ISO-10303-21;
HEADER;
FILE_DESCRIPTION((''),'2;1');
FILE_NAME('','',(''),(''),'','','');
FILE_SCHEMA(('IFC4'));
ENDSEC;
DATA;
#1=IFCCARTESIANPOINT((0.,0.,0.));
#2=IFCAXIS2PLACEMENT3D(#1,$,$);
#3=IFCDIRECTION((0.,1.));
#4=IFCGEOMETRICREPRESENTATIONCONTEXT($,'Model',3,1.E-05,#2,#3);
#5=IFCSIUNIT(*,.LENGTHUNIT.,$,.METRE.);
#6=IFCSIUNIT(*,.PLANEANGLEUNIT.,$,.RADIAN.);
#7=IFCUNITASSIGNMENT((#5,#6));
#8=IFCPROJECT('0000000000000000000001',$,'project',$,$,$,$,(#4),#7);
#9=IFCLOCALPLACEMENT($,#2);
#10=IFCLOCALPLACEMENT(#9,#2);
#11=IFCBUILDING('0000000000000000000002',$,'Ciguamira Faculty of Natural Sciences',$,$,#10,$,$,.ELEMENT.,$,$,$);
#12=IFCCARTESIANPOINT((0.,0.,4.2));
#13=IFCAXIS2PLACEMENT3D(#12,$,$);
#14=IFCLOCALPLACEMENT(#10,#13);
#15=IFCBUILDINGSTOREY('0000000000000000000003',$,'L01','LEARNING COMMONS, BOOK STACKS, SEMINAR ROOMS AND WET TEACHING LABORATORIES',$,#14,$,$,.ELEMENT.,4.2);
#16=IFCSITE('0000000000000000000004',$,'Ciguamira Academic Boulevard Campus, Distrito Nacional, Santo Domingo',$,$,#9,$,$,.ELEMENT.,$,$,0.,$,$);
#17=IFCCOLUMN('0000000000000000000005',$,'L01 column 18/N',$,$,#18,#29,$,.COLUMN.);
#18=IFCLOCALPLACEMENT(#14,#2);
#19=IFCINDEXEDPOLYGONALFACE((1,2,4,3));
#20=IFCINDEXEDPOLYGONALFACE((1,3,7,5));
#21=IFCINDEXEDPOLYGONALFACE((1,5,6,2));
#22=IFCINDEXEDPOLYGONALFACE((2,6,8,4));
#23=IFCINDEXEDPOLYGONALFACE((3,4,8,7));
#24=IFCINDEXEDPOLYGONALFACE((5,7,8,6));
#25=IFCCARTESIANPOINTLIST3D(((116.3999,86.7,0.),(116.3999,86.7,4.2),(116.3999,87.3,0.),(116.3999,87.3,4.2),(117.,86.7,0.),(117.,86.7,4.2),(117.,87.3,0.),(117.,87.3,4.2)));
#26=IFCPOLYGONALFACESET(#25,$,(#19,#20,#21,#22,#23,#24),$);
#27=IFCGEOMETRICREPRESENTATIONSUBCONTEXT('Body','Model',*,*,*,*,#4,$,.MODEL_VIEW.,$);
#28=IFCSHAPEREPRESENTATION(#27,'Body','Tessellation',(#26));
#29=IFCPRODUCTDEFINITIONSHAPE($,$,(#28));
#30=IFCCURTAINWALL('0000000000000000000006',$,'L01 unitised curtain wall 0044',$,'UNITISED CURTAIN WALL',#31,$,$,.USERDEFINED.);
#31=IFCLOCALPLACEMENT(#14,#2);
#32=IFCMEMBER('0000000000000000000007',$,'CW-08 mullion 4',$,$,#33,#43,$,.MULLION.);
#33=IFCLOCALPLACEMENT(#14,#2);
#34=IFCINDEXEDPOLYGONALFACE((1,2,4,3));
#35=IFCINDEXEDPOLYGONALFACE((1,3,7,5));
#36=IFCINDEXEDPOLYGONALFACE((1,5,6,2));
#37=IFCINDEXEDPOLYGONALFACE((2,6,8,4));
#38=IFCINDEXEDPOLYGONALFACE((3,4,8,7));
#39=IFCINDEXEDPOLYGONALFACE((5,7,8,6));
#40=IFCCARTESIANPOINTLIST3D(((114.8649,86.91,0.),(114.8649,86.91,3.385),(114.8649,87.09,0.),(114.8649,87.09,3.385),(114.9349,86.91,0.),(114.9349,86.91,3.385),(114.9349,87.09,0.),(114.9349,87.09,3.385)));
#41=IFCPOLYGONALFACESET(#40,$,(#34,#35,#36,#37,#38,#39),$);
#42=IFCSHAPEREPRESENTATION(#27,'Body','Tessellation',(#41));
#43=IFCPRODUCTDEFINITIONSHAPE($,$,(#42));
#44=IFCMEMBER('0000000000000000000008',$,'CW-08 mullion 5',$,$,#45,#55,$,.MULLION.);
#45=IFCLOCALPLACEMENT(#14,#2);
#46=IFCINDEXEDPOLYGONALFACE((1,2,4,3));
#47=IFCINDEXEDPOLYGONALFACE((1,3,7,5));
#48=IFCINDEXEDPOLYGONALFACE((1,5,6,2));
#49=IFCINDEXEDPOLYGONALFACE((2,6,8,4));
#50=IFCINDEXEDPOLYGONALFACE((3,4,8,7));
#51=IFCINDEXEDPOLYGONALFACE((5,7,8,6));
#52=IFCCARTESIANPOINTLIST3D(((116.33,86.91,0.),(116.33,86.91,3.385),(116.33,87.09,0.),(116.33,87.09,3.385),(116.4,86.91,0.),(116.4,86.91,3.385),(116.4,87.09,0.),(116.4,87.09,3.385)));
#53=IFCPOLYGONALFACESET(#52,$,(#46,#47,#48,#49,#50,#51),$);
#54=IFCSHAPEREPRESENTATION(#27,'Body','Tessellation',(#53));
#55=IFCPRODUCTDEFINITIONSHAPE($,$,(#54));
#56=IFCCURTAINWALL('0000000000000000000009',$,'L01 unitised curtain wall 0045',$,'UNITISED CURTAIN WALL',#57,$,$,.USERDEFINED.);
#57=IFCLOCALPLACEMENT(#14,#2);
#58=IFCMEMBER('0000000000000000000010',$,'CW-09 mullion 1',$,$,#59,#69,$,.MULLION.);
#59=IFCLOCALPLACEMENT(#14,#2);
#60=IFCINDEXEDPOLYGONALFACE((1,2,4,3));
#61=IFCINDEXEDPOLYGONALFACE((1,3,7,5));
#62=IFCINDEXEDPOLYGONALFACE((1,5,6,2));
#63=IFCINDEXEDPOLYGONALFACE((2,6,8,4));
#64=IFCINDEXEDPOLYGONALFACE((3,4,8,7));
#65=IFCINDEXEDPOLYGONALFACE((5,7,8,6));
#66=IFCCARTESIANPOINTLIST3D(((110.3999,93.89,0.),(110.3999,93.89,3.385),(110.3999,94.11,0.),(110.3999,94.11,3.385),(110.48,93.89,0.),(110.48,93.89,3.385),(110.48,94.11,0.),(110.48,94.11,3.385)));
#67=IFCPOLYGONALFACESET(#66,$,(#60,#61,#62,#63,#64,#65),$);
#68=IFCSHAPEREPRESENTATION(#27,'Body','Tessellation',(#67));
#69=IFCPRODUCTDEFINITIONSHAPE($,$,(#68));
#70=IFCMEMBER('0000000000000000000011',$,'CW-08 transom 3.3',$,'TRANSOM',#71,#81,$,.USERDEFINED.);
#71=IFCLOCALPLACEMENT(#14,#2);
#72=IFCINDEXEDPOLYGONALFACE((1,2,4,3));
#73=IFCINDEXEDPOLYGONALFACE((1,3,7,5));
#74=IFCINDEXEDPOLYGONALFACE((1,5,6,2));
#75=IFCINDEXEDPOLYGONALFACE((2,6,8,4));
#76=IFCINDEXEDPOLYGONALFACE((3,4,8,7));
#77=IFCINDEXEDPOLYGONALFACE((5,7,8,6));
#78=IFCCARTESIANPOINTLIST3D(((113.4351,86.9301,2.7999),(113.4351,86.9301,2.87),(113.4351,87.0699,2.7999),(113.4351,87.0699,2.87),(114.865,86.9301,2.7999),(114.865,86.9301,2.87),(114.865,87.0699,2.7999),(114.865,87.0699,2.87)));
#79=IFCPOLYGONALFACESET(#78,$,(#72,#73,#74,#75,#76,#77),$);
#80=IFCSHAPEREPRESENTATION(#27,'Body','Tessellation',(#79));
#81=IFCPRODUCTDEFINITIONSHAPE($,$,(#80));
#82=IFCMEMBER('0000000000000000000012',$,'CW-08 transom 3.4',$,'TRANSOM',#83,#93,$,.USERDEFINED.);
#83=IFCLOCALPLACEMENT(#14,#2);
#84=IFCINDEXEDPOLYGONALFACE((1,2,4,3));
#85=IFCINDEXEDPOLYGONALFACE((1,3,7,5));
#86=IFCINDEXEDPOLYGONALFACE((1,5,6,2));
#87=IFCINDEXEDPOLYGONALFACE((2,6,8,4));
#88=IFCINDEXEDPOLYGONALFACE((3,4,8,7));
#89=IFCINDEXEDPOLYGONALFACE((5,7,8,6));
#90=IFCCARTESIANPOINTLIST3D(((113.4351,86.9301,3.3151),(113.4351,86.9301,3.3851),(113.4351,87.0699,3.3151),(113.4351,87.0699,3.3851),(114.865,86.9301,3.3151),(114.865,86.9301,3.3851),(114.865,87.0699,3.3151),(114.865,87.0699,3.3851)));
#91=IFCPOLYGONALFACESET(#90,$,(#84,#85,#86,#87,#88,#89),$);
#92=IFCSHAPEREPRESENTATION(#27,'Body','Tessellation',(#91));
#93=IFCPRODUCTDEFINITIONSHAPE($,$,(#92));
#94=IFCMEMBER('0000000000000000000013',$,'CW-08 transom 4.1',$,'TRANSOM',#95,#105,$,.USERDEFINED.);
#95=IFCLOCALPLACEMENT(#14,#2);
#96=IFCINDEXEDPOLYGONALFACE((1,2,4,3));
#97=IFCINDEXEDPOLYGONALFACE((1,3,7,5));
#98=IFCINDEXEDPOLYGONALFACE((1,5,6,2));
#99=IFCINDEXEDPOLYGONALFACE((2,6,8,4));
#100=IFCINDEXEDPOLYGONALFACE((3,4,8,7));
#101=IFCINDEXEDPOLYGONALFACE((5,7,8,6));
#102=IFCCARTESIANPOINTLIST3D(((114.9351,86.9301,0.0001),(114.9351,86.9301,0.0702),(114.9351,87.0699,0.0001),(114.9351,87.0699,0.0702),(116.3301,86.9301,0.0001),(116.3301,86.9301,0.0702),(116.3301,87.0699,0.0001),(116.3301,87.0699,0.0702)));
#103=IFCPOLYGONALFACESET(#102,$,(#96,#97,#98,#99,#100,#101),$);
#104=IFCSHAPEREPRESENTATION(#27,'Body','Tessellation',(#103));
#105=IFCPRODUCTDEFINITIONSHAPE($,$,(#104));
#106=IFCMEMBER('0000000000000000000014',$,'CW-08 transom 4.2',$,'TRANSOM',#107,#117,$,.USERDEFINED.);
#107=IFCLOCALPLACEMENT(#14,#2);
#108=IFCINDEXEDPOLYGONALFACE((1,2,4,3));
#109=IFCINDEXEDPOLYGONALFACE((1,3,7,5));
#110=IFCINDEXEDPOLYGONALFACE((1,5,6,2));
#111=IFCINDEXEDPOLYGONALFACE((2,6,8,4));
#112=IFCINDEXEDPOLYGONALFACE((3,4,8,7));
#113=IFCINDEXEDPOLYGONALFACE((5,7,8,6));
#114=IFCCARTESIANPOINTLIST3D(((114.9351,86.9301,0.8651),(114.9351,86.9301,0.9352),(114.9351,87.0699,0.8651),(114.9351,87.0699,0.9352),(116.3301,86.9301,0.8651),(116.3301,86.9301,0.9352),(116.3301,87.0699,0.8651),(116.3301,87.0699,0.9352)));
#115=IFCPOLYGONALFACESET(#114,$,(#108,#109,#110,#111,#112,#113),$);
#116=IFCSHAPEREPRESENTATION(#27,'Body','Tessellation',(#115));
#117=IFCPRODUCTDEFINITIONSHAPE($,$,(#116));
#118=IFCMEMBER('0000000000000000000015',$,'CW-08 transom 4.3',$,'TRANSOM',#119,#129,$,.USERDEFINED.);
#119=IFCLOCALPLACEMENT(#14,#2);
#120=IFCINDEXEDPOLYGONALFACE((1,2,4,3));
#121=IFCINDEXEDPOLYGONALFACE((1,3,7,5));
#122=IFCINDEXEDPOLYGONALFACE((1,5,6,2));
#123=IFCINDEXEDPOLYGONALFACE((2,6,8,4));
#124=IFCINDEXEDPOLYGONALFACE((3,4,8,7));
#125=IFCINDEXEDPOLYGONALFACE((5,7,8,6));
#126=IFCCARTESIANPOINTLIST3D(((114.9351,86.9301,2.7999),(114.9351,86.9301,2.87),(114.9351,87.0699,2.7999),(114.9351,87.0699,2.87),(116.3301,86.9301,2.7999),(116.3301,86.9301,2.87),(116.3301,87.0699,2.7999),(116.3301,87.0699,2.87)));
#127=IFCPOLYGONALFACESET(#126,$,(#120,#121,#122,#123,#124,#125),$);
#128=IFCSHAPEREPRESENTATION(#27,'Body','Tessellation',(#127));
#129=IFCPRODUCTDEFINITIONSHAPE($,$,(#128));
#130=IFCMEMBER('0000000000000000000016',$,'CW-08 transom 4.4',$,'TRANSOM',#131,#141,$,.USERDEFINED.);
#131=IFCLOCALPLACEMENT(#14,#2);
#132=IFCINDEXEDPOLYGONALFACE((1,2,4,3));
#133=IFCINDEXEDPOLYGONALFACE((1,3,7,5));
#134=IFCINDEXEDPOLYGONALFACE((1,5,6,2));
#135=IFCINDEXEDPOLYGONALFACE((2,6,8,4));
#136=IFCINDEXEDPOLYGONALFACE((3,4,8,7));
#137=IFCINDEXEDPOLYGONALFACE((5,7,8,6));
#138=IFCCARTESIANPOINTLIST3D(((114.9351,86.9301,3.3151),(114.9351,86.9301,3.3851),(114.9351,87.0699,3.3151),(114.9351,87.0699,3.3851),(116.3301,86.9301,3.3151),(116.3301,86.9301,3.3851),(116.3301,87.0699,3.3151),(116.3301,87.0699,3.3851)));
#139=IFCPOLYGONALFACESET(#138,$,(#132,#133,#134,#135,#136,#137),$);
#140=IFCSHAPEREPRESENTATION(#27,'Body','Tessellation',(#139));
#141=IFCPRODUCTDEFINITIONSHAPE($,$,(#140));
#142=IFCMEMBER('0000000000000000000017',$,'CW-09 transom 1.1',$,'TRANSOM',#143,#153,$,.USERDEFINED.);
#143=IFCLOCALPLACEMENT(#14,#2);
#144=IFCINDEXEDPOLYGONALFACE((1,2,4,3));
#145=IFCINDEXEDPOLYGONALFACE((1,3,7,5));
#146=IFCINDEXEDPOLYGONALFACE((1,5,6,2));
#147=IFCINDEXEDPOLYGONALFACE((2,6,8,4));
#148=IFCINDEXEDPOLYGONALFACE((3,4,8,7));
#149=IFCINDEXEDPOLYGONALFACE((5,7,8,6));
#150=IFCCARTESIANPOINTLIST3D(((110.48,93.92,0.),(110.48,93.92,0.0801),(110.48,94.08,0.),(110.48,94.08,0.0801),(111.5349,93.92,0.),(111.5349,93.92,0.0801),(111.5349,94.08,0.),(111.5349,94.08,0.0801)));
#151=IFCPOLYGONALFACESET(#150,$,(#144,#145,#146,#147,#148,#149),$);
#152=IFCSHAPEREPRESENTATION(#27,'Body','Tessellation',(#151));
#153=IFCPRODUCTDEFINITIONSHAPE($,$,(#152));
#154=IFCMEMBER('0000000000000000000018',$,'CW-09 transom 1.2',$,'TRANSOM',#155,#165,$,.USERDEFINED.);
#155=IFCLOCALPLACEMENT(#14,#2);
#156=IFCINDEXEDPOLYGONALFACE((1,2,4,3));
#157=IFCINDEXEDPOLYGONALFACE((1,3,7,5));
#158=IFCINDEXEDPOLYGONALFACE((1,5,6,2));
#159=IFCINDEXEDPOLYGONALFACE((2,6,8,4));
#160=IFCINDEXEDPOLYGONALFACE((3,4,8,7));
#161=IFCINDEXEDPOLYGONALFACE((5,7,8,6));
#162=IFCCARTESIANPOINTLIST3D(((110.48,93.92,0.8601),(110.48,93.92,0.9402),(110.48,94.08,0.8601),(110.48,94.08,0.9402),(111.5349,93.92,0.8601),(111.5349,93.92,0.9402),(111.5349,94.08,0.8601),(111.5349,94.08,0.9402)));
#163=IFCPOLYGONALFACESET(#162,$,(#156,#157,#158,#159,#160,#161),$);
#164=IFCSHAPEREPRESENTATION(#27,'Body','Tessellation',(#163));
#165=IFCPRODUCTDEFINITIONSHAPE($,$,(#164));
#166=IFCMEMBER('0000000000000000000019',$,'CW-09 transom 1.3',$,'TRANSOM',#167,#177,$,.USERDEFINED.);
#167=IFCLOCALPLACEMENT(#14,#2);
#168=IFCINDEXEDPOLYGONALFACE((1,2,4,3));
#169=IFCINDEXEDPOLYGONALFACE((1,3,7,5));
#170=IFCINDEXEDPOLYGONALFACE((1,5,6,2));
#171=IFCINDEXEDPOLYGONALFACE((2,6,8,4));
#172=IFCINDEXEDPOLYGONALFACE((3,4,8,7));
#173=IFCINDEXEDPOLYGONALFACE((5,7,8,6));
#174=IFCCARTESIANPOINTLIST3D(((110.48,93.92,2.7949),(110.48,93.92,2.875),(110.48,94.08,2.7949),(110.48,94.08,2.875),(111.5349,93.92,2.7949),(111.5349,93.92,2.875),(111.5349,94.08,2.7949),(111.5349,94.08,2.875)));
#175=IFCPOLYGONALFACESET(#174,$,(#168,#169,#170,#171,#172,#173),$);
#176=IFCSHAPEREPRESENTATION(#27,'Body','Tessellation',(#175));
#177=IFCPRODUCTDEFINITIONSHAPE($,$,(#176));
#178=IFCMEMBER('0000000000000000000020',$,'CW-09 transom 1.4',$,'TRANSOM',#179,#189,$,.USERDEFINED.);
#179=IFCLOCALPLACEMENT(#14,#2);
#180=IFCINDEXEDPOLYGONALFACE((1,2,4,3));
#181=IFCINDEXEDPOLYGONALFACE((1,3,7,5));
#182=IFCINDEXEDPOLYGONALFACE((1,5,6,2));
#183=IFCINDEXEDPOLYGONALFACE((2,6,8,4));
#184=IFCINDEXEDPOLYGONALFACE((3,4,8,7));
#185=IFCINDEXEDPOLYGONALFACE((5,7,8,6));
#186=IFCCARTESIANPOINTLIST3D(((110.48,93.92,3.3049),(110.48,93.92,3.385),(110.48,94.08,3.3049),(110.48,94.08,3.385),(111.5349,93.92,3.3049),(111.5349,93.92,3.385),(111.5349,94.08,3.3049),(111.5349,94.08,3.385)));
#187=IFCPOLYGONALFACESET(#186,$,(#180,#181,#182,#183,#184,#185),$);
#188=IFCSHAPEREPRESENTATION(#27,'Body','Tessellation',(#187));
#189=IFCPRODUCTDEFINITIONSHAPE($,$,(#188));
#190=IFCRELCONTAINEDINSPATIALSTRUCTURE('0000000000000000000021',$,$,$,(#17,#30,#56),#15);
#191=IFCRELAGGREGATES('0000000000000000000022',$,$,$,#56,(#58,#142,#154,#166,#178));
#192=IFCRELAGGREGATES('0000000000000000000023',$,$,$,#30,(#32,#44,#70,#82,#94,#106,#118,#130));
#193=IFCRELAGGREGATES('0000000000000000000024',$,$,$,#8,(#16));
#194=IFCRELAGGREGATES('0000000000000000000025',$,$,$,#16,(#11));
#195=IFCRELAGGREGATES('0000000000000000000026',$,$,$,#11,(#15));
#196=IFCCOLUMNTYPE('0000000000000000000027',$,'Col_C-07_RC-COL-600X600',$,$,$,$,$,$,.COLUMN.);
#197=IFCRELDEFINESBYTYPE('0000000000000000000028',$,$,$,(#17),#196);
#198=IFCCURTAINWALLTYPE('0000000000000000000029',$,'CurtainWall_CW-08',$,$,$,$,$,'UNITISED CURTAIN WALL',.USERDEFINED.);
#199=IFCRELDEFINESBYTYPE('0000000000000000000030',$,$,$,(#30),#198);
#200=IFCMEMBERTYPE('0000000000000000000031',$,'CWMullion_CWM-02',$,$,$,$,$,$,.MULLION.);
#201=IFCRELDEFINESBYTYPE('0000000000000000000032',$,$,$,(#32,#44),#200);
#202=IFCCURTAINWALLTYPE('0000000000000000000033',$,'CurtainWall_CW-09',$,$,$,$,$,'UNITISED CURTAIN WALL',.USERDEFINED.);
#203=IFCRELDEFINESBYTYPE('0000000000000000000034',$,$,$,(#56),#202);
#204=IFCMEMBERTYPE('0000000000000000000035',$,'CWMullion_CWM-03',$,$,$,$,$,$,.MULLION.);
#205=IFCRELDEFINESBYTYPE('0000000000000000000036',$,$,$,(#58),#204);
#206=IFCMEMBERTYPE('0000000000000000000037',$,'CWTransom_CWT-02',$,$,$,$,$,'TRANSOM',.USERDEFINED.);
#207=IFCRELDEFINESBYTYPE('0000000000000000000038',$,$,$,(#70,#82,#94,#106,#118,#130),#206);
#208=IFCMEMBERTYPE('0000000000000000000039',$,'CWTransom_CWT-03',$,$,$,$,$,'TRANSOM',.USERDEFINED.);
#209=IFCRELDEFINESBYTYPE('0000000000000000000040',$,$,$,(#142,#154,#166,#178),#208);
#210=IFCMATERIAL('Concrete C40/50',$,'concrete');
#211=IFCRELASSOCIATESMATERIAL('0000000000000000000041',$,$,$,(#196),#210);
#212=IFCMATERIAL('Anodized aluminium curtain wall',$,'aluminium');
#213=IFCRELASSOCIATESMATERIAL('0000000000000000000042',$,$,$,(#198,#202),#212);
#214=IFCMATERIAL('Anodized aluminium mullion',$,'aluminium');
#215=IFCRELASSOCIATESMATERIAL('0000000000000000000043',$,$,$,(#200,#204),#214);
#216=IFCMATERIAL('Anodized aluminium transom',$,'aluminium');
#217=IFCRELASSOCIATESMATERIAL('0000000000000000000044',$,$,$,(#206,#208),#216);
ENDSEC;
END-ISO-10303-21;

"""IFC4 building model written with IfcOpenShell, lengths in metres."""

from ifc_helpers import new_model, si_unit, direction, frame, origin, origin_2d, place, context, subcontext, project, spatial, rectangle, extrude, material, material_profile, profile_set, type_object, element, aggregate, save


model = new_model("IFC4")

# Units and contexts
model_context = context("Model", 3, precision=1e-05, world=origin(), true_north=direction((0.0, 1.0)))
body_context = subcontext(model_context, "Body", "Model", "MODEL_VIEW")
ifc_project = project(units=[si_unit("LENGTHUNIT", "METRE"), si_unit("PLANEANGLEUNIT", "RADIAN")], contexts=[model_context])

# Site, building, storey
site_placement = place(None, origin())
site = spatial("IfcSite", under=ifc_project, at=site_placement, Name="Ciguamira Academic Boulevard Campus, Distrito Nacional, Santo Domingo", CompositionType="ELEMENT", RefElevation=0.0)
building_placement = place(site_placement, origin())
building = spatial("IfcBuilding", under=site, at=building_placement, Name="Ciguamira Faculty of Natural Sciences", CompositionType="ELEMENT")
storey_placement = place(building_placement, frame((0.0, 0.0, 4.2)))
storey = spatial("IfcBuildingStorey", under=building, at=storey_placement, Name="L01", Description="LEARNING COMMONS, BOOK STACKS, SEMINAR ROOMS AND WET TEACHING LABORATORIES", CompositionType="ELEMENT", Elevation=4.2)

# Column
ifc_material_1 = material(Name="Concrete C40/50", Category="concrete")
ifc_material_profile_1 = material_profile(ifc_material_1, rectangle(XDim=0.6001, YDim=0.6001, at=origin_2d()), Name="RC-COL-600X600")
ifc_profile_set_1 = profile_set([ifc_material_profile_1], Name="Concrete C40/50")
column_type = type_object("IfcColumnType", Name="Col_C-07_RC-COL-600X600", PredefinedType="COLUMN", material=ifc_profile_set_1)
column_placement = place(storey_placement, frame((116.7, 87.0, 0.0), z_axis=(0.0, 0.0, 1.0), x_axis=(1.0, 0.0, 0.0)))
element("IfcColumn", 1, at=column_placement, inside=storey, type_object=column_type, Name="L01 column 18/N", PredefinedType="COLUMN", context=body_context, shape_type="SweptSolid", body=[
    extrude(rectangle(XDim=0.6001, YDim=0.6001, at=origin_2d()), origin(), (0.0, 0.0, 1.0), 4.2),
])

# Curtain wall, members
ifc_material_2 = material(Name="Anodized aluminium curtain wall", Category="aluminium")
curtain_wall_type_1 = type_object("IfcCurtainWallType", Name="CurtainWall_CW-08", ElementType="UNITISED CURTAIN WALL", PredefinedType="USERDEFINED", material=ifc_material_2)
curtain_wall_1_placement = place(storey_placement, origin())
curtain_wall_1 = element("IfcCurtainWall", 2, at=curtain_wall_1_placement, inside=storey, type_object=curtain_wall_type_1, Name="L01 unitised curtain wall 0044", ObjectType="UNITISED CURTAIN WALL", PredefinedType="USERDEFINED")
ifc_material_3 = material(Name="Anodized aluminium mullion", Category="aluminium")
ifc_material_profile_2 = material_profile(ifc_material_3, rectangle(XDim=0.0701, YDim=0.1799, at=origin_2d()), Name="ALU-MUL-70X180")
ifc_profile_set_2 = profile_set([ifc_material_profile_2], Name="Anodized aluminium mullion")
member_type_1 = type_object("IfcMemberType", Name="CWMullion_CWM-02", PredefinedType="MULLION", material=ifc_profile_set_2)
member_1_placement = place(storey_placement, frame((114.8999, 87.0, 0.0), z_axis=(0.0, 0.0, 1.0), x_axis=(1.0, 0.0, 0.0)))
member_1 = element("IfcMember", 3, at=member_1_placement, type_object=member_type_1, Name="CW-08 mullion 4", PredefinedType="MULLION", context=body_context, shape_type="SweptSolid", body=[
    extrude(rectangle(XDim=0.0701, YDim=0.1799, at=origin_2d()), origin(), (0.0, 0.0, 1.0), 3.385),
])
member_2_placement = place(storey_placement, frame((116.365, 87.0, 0.0), z_axis=(0.0, 0.0, 1.0), x_axis=(1.0, 0.0, 0.0)))
member_2 = element("IfcMember", 4, at=member_2_placement, type_object=member_type_1, Name="CW-08 mullion 5", PredefinedType="MULLION", context=body_context, shape_type="SweptSolid", body=[
    extrude(rectangle(XDim=0.0701, YDim=0.1799, at=origin_2d()), origin(), (0.0, 0.0, 1.0), 3.385),
])

# Curtain wall, member
curtain_wall_type_2 = type_object("IfcCurtainWallType", Name="CurtainWall_CW-09", ElementType="UNITISED CURTAIN WALL", PredefinedType="USERDEFINED", material=ifc_material_2)
curtain_wall_2_placement = place(storey_placement, origin())
curtain_wall_2 = element("IfcCurtainWall", 5, at=curtain_wall_2_placement, inside=storey, type_object=curtain_wall_type_2, Name="L01 unitised curtain wall 0045", ObjectType="UNITISED CURTAIN WALL", PredefinedType="USERDEFINED")
ifc_material_profile_3 = material_profile(ifc_material_3, rectangle(XDim=0.0801, YDim=0.22, at=origin_2d()), Name="ALU-MUL-80X220")
ifc_profile_set_3 = profile_set([ifc_material_profile_3], Name="Anodized aluminium mullion")
member_type_2 = type_object("IfcMemberType", Name="CWMullion_CWM-03", PredefinedType="MULLION", material=ifc_profile_set_3)
member_3_placement = place(storey_placement, frame((110.4399, 94.0, 0.0), z_axis=(0.0, 0.0, 1.0), x_axis=(1.0, 0.0, 0.0)))
member_3 = element("IfcMember", 6, at=member_3_placement, type_object=member_type_2, Name="CW-09 mullion 1", PredefinedType="MULLION", context=body_context, shape_type="SweptSolid", body=[
    extrude(rectangle(XDim=0.0801, YDim=0.22, at=origin_2d()), origin(), (0.0, 0.0, 1.0), 3.385),
])

# Members
ifc_material_4 = material(Name="Anodized aluminium transom", Category="aluminium")
ifc_material_profile_4 = material_profile(ifc_material_4, rectangle(XDim=0.0701, YDim=0.1399, at=origin_2d()), Name="ALU-TRN-70X140")
ifc_profile_set_4 = profile_set([ifc_material_profile_4], Name="Anodized aluminium transom")
member_type_3 = type_object("IfcMemberType", Name="CWTransom_CWT-02", ElementType="TRANSOM", PredefinedType="USERDEFINED", material=ifc_profile_set_4)
member_4_placement = place(storey_placement, frame((113.4351, 87.0, 2.835), z_axis=(1.0, 0.0, 0.0), x_axis=(0.0, 0.0, 1.0)))
member_4 = element("IfcMember", 7, at=member_4_placement, type_object=member_type_3, Name="CW-08 transom 3.3", ObjectType="TRANSOM", PredefinedType="USERDEFINED", context=body_context, shape_type="SweptSolid", body=[
    extrude(rectangle(XDim=0.0701, YDim=0.1399, at=origin_2d()), origin(), (0.0, 0.0, 1.0), 1.4299),
])
member_5_placement = place(storey_placement, frame((113.4351, 87.0, 3.3501), z_axis=(1.0, 0.0, 0.0), x_axis=(0.0, 0.0, 1.0)))
member_5 = element("IfcMember", 8, at=member_5_placement, type_object=member_type_3, Name="CW-08 transom 3.4", ObjectType="TRANSOM", PredefinedType="USERDEFINED", context=body_context, shape_type="SweptSolid", body=[
    extrude(rectangle(XDim=0.0701, YDim=0.1399, at=origin_2d()), origin(), (0.0, 0.0, 1.0), 1.4299),
])
member_6_placement = place(storey_placement, frame((114.9351, 87.0, 0.0352), z_axis=(1.0, 0.0, 0.0), x_axis=(0.0, 0.0, 1.0)))
member_6 = element("IfcMember", 9, at=member_6_placement, type_object=member_type_3, Name="CW-08 transom 4.1", ObjectType="TRANSOM", PredefinedType="USERDEFINED", context=body_context, shape_type="SweptSolid", body=[
    extrude(rectangle(XDim=0.0701, YDim=0.1399, at=origin_2d()), origin(), (0.0, 0.0, 1.0), 1.395),
])
member_7_placement = place(storey_placement, frame((114.9351, 87.0, 0.9001), z_axis=(1.0, 0.0, 0.0), x_axis=(0.0, 0.0, 1.0)))
member_7 = element("IfcMember", 10, at=member_7_placement, type_object=member_type_3, Name="CW-08 transom 4.2", ObjectType="TRANSOM", PredefinedType="USERDEFINED", context=body_context, shape_type="SweptSolid", body=[
    extrude(rectangle(XDim=0.0701, YDim=0.1399, at=origin_2d()), origin(), (0.0, 0.0, 1.0), 1.395),
])
member_8_placement = place(storey_placement, frame((114.9351, 87.0, 2.835), z_axis=(1.0, 0.0, 0.0), x_axis=(0.0, 0.0, 1.0)))
member_8 = element("IfcMember", 11, at=member_8_placement, type_object=member_type_3, Name="CW-08 transom 4.3", ObjectType="TRANSOM", PredefinedType="USERDEFINED", context=body_context, shape_type="SweptSolid", body=[
    extrude(rectangle(XDim=0.0701, YDim=0.1399, at=origin_2d()), origin(), (0.0, 0.0, 1.0), 1.395),
])
member_9_placement = place(storey_placement, frame((114.9351, 87.0, 3.3501), z_axis=(1.0, 0.0, 0.0), x_axis=(0.0, 0.0, 1.0)))
member_9 = element("IfcMember", 12, at=member_9_placement, type_object=member_type_3, Name="CW-08 transom 4.4", ObjectType="TRANSOM", PredefinedType="USERDEFINED", context=body_context, shape_type="SweptSolid", body=[
    extrude(rectangle(XDim=0.0701, YDim=0.1399, at=origin_2d()), origin(), (0.0, 0.0, 1.0), 1.395),
])
ifc_material_profile_5 = material_profile(ifc_material_4, rectangle(XDim=0.0801, YDim=0.1599, at=origin_2d()), Name="ALU-TRN-80X160")
ifc_profile_set_5 = profile_set([ifc_material_profile_5], Name="Anodized aluminium transom")
member_type_4 = type_object("IfcMemberType", Name="CWTransom_CWT-03", ElementType="TRANSOM", PredefinedType="USERDEFINED", material=ifc_profile_set_5)
member_10_placement = place(storey_placement, frame((110.48, 94.0, 0.04), z_axis=(1.0, 0.0, 0.0), x_axis=(0.0, 0.0, 1.0)))
member_10 = element("IfcMember", 13, at=member_10_placement, type_object=member_type_4, Name="CW-09 transom 1.1", ObjectType="TRANSOM", PredefinedType="USERDEFINED", context=body_context, shape_type="SweptSolid", body=[
    extrude(rectangle(XDim=0.0801, YDim=0.1599, at=origin_2d()), origin(), (0.0, 0.0, 1.0), 1.0549),
])
member_11_placement = place(storey_placement, frame((110.48, 94.0, 0.9001), z_axis=(1.0, 0.0, 0.0), x_axis=(0.0, 0.0, 1.0)))
member_11 = element("IfcMember", 14, at=member_11_placement, type_object=member_type_4, Name="CW-09 transom 1.2", ObjectType="TRANSOM", PredefinedType="USERDEFINED", context=body_context, shape_type="SweptSolid", body=[
    extrude(rectangle(XDim=0.0801, YDim=0.1599, at=origin_2d()), origin(), (0.0, 0.0, 1.0), 1.0549),
])
member_12_placement = place(storey_placement, frame((110.48, 94.0, 2.835), z_axis=(1.0, 0.0, 0.0), x_axis=(0.0, 0.0, 1.0)))
member_12 = element("IfcMember", 15, at=member_12_placement, type_object=member_type_4, Name="CW-09 transom 1.3", ObjectType="TRANSOM", PredefinedType="USERDEFINED", context=body_context, shape_type="SweptSolid", body=[
    extrude(rectangle(XDim=0.0801, YDim=0.1599, at=origin_2d()), origin(), (0.0, 0.0, 1.0), 1.0549),
])
member_13_placement = place(storey_placement, frame((110.48, 94.0, 3.345), z_axis=(1.0, 0.0, 0.0), x_axis=(0.0, 0.0, 1.0)))
member_13 = element("IfcMember", 16, at=member_13_placement, type_object=member_type_4, Name="CW-09 transom 1.4", ObjectType="TRANSOM", PredefinedType="USERDEFINED", context=body_context, shape_type="SweptSolid", body=[
    extrude(rectangle(XDim=0.0801, YDim=0.1599, at=origin_2d()), origin(), (0.0, 0.0, 1.0), 1.0549),
])
aggregate(curtain_wall_2, [member_3, member_10, member_11, member_12, member_13])

aggregate(curtain_wall_1, [member_1, member_2, member_4, member_5, member_6, member_7, member_8, member_9])

save(model, "model.ifc")
